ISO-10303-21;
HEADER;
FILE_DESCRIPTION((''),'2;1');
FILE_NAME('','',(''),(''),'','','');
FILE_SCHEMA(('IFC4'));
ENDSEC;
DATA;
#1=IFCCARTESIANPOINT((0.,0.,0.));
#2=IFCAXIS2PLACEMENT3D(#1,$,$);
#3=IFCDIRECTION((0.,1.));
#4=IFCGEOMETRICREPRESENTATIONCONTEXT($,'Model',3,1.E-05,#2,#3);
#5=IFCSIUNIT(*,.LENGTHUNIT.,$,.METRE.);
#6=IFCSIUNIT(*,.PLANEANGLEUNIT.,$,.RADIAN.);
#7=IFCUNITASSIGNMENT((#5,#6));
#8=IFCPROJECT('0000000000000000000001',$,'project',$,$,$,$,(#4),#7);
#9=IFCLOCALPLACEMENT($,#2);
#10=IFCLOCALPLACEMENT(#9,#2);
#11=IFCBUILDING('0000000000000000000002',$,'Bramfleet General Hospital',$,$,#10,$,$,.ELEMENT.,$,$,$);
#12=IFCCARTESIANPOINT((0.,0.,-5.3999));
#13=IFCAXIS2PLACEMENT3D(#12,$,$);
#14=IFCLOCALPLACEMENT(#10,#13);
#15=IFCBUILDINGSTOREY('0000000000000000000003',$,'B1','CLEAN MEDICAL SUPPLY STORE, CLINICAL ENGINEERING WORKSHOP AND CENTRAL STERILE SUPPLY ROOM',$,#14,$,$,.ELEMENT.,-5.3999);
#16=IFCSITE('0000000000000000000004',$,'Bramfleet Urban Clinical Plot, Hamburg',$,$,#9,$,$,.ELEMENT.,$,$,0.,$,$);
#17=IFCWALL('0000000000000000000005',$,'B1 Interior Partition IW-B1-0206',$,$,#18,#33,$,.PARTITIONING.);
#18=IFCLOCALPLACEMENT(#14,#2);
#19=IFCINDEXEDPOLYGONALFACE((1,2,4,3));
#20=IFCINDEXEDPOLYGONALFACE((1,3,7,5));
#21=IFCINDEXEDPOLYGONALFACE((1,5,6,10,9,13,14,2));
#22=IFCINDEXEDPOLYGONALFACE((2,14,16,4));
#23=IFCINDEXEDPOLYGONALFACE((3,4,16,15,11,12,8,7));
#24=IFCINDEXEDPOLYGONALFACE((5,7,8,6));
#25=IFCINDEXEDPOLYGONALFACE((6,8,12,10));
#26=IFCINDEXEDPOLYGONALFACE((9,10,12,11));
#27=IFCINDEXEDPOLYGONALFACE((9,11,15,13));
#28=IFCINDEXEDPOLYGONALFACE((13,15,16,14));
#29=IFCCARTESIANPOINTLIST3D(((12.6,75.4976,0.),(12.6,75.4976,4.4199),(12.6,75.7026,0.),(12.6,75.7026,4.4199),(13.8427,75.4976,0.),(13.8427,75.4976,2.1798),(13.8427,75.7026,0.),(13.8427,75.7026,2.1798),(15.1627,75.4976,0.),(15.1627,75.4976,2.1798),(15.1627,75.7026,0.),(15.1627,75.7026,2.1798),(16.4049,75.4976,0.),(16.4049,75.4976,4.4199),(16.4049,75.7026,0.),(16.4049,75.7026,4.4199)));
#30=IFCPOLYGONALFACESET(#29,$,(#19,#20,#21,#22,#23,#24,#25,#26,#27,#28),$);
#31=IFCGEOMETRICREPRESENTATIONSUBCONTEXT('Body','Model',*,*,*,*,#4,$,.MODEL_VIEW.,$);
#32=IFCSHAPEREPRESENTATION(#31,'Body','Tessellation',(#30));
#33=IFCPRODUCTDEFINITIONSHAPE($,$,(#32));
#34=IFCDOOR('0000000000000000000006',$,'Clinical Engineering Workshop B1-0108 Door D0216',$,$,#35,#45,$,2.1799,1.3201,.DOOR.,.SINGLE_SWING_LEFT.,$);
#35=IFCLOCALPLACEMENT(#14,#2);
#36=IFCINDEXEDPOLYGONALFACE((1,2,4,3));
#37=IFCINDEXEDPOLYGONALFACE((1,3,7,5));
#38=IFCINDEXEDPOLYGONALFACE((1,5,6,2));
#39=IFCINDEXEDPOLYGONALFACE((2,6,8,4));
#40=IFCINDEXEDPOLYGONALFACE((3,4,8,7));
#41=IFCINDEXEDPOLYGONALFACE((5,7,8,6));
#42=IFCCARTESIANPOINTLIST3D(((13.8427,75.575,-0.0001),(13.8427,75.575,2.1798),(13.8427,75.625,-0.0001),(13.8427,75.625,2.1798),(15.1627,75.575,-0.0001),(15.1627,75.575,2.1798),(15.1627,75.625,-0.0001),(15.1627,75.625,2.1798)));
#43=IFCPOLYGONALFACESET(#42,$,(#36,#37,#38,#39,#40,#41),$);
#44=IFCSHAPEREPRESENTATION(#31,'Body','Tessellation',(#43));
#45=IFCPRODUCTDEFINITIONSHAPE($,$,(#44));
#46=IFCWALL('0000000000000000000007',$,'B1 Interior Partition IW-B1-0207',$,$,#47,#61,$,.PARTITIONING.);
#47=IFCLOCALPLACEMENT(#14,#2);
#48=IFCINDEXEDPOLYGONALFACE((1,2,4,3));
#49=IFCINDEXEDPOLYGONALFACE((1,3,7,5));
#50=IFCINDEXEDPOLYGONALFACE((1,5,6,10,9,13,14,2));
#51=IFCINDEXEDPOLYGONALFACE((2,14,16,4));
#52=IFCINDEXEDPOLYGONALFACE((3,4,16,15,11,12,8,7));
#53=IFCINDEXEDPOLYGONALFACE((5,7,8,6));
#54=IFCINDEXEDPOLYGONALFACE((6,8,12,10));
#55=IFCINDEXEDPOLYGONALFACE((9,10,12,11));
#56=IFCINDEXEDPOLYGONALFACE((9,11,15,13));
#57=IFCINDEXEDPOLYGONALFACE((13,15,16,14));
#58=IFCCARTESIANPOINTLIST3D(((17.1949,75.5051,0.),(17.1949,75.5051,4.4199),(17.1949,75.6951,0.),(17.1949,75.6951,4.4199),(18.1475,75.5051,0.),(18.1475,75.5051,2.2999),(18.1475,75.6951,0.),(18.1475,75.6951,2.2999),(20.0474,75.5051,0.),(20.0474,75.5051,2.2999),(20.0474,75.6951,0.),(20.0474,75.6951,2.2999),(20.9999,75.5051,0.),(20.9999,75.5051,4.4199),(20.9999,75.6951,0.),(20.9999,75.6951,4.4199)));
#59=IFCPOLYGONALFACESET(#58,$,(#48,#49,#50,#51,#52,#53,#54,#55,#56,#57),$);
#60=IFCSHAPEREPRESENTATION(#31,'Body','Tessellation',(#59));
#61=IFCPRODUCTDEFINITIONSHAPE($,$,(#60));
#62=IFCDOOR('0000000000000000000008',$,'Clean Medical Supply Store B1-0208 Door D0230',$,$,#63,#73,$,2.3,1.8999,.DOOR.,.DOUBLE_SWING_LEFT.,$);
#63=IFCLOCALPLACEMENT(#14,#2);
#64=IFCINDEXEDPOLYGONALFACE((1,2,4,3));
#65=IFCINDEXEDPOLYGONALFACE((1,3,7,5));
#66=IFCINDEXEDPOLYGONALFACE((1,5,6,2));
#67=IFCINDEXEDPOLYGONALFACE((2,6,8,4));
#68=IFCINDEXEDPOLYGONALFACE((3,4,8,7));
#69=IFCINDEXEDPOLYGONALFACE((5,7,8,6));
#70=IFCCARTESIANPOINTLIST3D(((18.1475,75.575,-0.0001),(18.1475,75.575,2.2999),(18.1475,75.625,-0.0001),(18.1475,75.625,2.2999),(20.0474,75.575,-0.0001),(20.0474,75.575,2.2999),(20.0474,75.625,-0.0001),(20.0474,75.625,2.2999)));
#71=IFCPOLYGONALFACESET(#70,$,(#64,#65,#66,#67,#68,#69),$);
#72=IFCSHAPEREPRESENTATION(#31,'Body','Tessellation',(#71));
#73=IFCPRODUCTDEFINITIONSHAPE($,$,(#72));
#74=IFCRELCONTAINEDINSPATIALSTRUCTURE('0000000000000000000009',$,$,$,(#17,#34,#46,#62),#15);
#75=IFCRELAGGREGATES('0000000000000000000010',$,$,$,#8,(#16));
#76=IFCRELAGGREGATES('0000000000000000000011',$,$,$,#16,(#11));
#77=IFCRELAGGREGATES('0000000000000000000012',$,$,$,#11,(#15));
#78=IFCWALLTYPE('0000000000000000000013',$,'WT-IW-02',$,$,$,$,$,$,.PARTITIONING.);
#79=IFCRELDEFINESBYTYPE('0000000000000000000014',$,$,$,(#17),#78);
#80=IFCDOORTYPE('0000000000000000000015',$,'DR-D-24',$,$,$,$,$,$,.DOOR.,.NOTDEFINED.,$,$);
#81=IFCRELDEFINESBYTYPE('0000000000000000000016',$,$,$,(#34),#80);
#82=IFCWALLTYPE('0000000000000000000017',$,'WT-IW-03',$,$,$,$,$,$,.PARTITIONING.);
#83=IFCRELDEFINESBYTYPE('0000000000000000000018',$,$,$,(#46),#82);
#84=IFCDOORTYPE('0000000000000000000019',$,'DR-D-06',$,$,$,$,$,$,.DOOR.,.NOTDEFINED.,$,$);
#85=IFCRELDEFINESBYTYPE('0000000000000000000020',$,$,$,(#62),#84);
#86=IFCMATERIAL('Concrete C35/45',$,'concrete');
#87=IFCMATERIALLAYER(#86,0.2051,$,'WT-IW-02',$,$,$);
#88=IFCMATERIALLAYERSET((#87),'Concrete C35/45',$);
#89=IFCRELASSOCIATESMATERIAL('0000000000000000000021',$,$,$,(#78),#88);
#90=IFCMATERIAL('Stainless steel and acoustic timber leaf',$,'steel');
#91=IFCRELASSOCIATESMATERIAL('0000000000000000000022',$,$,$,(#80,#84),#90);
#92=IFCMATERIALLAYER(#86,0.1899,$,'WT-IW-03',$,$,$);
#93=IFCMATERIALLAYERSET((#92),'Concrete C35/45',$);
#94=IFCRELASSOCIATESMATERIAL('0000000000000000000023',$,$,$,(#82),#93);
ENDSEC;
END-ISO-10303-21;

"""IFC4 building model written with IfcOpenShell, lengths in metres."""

from ifc_helpers import new_model, si_unit, direction, frame, frame_2d, origin, place, context, subcontext, project, spatial, rectangle, extrude, material, layer, layer_set, type_object, element, fill, save


model = new_model("IFC4")

# Units and contexts
model_context = context("Model", 3, precision=1e-05, world=origin(), true_north=direction((0.0, 1.0)))
body_context = subcontext(model_context, "Body", "Model", "MODEL_VIEW")
ifc_project = project(units=[si_unit("LENGTHUNIT", "METRE"), si_unit("PLANEANGLEUNIT", "RADIAN")], contexts=[model_context])

# Site, building, storey
site_placement = place(None, origin())
site = spatial("IfcSite", under=ifc_project, at=site_placement, Name="Bramfleet Urban Clinical Plot, Hamburg", CompositionType="ELEMENT", RefElevation=0.0)
building_placement = place(site_placement, origin())
building = spatial("IfcBuilding", under=site, at=building_placement, Name="Bramfleet General Hospital", CompositionType="ELEMENT")
storey_placement = place(building_placement, frame((0.0, 0.0, -5.3999)))
storey = spatial("IfcBuildingStorey", under=building, at=storey_placement, Name="B1", Description="CLEAN MEDICAL SUPPLY STORE, CLINICAL ENGINEERING WORKSHOP AND CENTRAL STERILE SUPPLY ROOM", CompositionType="ELEMENT", Elevation=-5.3999)

# Shared definitions
ifc_material_1 = material(Name="Concrete C35/45", Category="concrete")

# Shared definitions
ifc_material_2 = material(Name="Stainless steel and acoustic timber leaf", Category="steel")

# Walls, openings, doors
ifc_layer_1 = layer(ifc_material_1, 0.2051, Name="WT-IW-02")
ifc_layer_set_1 = layer_set([ifc_layer_1], Name="Concrete C35/45")
wall_type_1 = type_object("IfcWallType", Name="WT-IW-02", PredefinedType="PARTITIONING", material=ifc_layer_set_1)
wall_1_placement = place(storey_placement, frame((12.6001, 75.6001, 0.0), z_axis=(0.0, 0.0, 1.0), x_axis=(1.0, 0.0, 0.0)))
wall_1 = element("IfcWall", 1, at=wall_1_placement, inside=storey, type_object=wall_type_1, Name="B1 Interior Partition IW-B1-0206", PredefinedType="PARTITIONING", context=body_context, shape_type="SweptSolid", body=[
    extrude(rectangle(XDim=3.8049, YDim=0.2051, at=frame_2d((1.9023, 0.0))), origin(), (0.0, 0.0, 1.0), 4.4199),
])
opening_1_placement = place(wall_1_placement, frame((1.2424, 0.0, 0.0)))
opening_1 = element("IfcOpeningElement", 2, at=opening_1_placement, cuts=wall_1, PredefinedType="OPENING", context=body_context, shape_type="SweptSolid", body=[
    extrude(rectangle(XDim=1.3201, YDim=2.1799, at=frame_2d((0.6602, 1.0898))), frame((0.0, 0.1125, 0.0), z_axis=(0.0, -1.0, 0.0), x_axis=(1.0, 0.0, 0.0)), (0.0, 0.0, 1.0), 0.2251),
])
door_type_1 = type_object("IfcDoorType", Name="DR-D-24", OperationType="NOTDEFINED", PredefinedType="DOOR", material=ifc_material_2)
door_1_placement = place(opening_1_placement, origin())
door_1 = element("IfcDoor", 3, at=door_1_placement, inside=storey, type_object=door_type_1, Name="Clinical Engineering Workshop B1-0108 Door D0216", OperationType="SINGLE_SWING_LEFT", OverallHeight=2.1799, OverallWidth=1.3201, PredefinedType="DOOR", context=body_context, shape_type="SweptSolid", body=[
    extrude(rectangle(XDim=1.3201, YDim=2.1799, at=frame_2d((0.6602, 1.0898))), frame((0.0, 0.0249, 0.0), z_axis=(0.0, -1.0, 0.0), x_axis=(1.0, 0.0, 0.0)), (0.0, 0.0, 1.0), 0.05),
])
fill(opening_1, door_1)
ifc_layer_2 = layer(ifc_material_1, 0.1899, Name="WT-IW-03")
ifc_layer_set_2 = layer_set([ifc_layer_2], Name="Concrete C35/45")
wall_type_2 = type_object("IfcWallType", Name="WT-IW-03", PredefinedType="PARTITIONING", material=ifc_layer_set_2)
wall_2_placement = place(storey_placement, frame((17.1951, 75.6001, 0.0), z_axis=(0.0, 0.0, 1.0), x_axis=(1.0, 0.0, 0.0)))
wall_2 = element("IfcWall", 4, at=wall_2_placement, inside=storey, type_object=wall_type_2, Name="B1 Interior Partition IW-B1-0207", PredefinedType="PARTITIONING", context=body_context, shape_type="SweptSolid", body=[
    extrude(rectangle(XDim=3.8049, YDim=0.1899, at=frame_2d((1.9023, 0.0))), origin(), (0.0, 0.0, 1.0), 4.4199),
])
opening_2_placement = place(wall_2_placement, frame((0.9524, 0.0, 0.0)))
opening_2 = element("IfcOpeningElement", 5, at=opening_2_placement, cuts=wall_2, PredefinedType="OPENING", context=body_context, shape_type="SweptSolid", body=[
    extrude(rectangle(XDim=1.8999, YDim=2.3, at=frame_2d((0.95, 1.1499))), frame((0.0, 0.105, 0.0), z_axis=(0.0, -1.0, 0.0), x_axis=(1.0, 0.0, 0.0)), (0.0, 0.0, 1.0), 0.21),
])
door_type_2 = type_object("IfcDoorType", Name="DR-D-06", OperationType="NOTDEFINED", PredefinedType="DOOR", material=ifc_material_2)
door_2_placement = place(opening_2_placement, origin())
door_2 = element("IfcDoor", 6, at=door_2_placement, inside=storey, type_object=door_type_2, Name="Clean Medical Supply Store B1-0208 Door D0230", OperationType="DOUBLE_SWING_LEFT", OverallHeight=2.3, OverallWidth=1.8999, PredefinedType="DOOR", context=body_context, shape_type="SweptSolid", body=[
    extrude(rectangle(XDim=1.8999, YDim=2.3, at=frame_2d((0.95, 1.1499))), frame((0.0, 0.0249, 0.0), z_axis=(0.0, -1.0, 0.0), x_axis=(1.0, 0.0, 0.0)), (0.0, 0.0, 1.0), 0.05),
])
fill(opening_2, door_2)

save(model, "model.ifc")
